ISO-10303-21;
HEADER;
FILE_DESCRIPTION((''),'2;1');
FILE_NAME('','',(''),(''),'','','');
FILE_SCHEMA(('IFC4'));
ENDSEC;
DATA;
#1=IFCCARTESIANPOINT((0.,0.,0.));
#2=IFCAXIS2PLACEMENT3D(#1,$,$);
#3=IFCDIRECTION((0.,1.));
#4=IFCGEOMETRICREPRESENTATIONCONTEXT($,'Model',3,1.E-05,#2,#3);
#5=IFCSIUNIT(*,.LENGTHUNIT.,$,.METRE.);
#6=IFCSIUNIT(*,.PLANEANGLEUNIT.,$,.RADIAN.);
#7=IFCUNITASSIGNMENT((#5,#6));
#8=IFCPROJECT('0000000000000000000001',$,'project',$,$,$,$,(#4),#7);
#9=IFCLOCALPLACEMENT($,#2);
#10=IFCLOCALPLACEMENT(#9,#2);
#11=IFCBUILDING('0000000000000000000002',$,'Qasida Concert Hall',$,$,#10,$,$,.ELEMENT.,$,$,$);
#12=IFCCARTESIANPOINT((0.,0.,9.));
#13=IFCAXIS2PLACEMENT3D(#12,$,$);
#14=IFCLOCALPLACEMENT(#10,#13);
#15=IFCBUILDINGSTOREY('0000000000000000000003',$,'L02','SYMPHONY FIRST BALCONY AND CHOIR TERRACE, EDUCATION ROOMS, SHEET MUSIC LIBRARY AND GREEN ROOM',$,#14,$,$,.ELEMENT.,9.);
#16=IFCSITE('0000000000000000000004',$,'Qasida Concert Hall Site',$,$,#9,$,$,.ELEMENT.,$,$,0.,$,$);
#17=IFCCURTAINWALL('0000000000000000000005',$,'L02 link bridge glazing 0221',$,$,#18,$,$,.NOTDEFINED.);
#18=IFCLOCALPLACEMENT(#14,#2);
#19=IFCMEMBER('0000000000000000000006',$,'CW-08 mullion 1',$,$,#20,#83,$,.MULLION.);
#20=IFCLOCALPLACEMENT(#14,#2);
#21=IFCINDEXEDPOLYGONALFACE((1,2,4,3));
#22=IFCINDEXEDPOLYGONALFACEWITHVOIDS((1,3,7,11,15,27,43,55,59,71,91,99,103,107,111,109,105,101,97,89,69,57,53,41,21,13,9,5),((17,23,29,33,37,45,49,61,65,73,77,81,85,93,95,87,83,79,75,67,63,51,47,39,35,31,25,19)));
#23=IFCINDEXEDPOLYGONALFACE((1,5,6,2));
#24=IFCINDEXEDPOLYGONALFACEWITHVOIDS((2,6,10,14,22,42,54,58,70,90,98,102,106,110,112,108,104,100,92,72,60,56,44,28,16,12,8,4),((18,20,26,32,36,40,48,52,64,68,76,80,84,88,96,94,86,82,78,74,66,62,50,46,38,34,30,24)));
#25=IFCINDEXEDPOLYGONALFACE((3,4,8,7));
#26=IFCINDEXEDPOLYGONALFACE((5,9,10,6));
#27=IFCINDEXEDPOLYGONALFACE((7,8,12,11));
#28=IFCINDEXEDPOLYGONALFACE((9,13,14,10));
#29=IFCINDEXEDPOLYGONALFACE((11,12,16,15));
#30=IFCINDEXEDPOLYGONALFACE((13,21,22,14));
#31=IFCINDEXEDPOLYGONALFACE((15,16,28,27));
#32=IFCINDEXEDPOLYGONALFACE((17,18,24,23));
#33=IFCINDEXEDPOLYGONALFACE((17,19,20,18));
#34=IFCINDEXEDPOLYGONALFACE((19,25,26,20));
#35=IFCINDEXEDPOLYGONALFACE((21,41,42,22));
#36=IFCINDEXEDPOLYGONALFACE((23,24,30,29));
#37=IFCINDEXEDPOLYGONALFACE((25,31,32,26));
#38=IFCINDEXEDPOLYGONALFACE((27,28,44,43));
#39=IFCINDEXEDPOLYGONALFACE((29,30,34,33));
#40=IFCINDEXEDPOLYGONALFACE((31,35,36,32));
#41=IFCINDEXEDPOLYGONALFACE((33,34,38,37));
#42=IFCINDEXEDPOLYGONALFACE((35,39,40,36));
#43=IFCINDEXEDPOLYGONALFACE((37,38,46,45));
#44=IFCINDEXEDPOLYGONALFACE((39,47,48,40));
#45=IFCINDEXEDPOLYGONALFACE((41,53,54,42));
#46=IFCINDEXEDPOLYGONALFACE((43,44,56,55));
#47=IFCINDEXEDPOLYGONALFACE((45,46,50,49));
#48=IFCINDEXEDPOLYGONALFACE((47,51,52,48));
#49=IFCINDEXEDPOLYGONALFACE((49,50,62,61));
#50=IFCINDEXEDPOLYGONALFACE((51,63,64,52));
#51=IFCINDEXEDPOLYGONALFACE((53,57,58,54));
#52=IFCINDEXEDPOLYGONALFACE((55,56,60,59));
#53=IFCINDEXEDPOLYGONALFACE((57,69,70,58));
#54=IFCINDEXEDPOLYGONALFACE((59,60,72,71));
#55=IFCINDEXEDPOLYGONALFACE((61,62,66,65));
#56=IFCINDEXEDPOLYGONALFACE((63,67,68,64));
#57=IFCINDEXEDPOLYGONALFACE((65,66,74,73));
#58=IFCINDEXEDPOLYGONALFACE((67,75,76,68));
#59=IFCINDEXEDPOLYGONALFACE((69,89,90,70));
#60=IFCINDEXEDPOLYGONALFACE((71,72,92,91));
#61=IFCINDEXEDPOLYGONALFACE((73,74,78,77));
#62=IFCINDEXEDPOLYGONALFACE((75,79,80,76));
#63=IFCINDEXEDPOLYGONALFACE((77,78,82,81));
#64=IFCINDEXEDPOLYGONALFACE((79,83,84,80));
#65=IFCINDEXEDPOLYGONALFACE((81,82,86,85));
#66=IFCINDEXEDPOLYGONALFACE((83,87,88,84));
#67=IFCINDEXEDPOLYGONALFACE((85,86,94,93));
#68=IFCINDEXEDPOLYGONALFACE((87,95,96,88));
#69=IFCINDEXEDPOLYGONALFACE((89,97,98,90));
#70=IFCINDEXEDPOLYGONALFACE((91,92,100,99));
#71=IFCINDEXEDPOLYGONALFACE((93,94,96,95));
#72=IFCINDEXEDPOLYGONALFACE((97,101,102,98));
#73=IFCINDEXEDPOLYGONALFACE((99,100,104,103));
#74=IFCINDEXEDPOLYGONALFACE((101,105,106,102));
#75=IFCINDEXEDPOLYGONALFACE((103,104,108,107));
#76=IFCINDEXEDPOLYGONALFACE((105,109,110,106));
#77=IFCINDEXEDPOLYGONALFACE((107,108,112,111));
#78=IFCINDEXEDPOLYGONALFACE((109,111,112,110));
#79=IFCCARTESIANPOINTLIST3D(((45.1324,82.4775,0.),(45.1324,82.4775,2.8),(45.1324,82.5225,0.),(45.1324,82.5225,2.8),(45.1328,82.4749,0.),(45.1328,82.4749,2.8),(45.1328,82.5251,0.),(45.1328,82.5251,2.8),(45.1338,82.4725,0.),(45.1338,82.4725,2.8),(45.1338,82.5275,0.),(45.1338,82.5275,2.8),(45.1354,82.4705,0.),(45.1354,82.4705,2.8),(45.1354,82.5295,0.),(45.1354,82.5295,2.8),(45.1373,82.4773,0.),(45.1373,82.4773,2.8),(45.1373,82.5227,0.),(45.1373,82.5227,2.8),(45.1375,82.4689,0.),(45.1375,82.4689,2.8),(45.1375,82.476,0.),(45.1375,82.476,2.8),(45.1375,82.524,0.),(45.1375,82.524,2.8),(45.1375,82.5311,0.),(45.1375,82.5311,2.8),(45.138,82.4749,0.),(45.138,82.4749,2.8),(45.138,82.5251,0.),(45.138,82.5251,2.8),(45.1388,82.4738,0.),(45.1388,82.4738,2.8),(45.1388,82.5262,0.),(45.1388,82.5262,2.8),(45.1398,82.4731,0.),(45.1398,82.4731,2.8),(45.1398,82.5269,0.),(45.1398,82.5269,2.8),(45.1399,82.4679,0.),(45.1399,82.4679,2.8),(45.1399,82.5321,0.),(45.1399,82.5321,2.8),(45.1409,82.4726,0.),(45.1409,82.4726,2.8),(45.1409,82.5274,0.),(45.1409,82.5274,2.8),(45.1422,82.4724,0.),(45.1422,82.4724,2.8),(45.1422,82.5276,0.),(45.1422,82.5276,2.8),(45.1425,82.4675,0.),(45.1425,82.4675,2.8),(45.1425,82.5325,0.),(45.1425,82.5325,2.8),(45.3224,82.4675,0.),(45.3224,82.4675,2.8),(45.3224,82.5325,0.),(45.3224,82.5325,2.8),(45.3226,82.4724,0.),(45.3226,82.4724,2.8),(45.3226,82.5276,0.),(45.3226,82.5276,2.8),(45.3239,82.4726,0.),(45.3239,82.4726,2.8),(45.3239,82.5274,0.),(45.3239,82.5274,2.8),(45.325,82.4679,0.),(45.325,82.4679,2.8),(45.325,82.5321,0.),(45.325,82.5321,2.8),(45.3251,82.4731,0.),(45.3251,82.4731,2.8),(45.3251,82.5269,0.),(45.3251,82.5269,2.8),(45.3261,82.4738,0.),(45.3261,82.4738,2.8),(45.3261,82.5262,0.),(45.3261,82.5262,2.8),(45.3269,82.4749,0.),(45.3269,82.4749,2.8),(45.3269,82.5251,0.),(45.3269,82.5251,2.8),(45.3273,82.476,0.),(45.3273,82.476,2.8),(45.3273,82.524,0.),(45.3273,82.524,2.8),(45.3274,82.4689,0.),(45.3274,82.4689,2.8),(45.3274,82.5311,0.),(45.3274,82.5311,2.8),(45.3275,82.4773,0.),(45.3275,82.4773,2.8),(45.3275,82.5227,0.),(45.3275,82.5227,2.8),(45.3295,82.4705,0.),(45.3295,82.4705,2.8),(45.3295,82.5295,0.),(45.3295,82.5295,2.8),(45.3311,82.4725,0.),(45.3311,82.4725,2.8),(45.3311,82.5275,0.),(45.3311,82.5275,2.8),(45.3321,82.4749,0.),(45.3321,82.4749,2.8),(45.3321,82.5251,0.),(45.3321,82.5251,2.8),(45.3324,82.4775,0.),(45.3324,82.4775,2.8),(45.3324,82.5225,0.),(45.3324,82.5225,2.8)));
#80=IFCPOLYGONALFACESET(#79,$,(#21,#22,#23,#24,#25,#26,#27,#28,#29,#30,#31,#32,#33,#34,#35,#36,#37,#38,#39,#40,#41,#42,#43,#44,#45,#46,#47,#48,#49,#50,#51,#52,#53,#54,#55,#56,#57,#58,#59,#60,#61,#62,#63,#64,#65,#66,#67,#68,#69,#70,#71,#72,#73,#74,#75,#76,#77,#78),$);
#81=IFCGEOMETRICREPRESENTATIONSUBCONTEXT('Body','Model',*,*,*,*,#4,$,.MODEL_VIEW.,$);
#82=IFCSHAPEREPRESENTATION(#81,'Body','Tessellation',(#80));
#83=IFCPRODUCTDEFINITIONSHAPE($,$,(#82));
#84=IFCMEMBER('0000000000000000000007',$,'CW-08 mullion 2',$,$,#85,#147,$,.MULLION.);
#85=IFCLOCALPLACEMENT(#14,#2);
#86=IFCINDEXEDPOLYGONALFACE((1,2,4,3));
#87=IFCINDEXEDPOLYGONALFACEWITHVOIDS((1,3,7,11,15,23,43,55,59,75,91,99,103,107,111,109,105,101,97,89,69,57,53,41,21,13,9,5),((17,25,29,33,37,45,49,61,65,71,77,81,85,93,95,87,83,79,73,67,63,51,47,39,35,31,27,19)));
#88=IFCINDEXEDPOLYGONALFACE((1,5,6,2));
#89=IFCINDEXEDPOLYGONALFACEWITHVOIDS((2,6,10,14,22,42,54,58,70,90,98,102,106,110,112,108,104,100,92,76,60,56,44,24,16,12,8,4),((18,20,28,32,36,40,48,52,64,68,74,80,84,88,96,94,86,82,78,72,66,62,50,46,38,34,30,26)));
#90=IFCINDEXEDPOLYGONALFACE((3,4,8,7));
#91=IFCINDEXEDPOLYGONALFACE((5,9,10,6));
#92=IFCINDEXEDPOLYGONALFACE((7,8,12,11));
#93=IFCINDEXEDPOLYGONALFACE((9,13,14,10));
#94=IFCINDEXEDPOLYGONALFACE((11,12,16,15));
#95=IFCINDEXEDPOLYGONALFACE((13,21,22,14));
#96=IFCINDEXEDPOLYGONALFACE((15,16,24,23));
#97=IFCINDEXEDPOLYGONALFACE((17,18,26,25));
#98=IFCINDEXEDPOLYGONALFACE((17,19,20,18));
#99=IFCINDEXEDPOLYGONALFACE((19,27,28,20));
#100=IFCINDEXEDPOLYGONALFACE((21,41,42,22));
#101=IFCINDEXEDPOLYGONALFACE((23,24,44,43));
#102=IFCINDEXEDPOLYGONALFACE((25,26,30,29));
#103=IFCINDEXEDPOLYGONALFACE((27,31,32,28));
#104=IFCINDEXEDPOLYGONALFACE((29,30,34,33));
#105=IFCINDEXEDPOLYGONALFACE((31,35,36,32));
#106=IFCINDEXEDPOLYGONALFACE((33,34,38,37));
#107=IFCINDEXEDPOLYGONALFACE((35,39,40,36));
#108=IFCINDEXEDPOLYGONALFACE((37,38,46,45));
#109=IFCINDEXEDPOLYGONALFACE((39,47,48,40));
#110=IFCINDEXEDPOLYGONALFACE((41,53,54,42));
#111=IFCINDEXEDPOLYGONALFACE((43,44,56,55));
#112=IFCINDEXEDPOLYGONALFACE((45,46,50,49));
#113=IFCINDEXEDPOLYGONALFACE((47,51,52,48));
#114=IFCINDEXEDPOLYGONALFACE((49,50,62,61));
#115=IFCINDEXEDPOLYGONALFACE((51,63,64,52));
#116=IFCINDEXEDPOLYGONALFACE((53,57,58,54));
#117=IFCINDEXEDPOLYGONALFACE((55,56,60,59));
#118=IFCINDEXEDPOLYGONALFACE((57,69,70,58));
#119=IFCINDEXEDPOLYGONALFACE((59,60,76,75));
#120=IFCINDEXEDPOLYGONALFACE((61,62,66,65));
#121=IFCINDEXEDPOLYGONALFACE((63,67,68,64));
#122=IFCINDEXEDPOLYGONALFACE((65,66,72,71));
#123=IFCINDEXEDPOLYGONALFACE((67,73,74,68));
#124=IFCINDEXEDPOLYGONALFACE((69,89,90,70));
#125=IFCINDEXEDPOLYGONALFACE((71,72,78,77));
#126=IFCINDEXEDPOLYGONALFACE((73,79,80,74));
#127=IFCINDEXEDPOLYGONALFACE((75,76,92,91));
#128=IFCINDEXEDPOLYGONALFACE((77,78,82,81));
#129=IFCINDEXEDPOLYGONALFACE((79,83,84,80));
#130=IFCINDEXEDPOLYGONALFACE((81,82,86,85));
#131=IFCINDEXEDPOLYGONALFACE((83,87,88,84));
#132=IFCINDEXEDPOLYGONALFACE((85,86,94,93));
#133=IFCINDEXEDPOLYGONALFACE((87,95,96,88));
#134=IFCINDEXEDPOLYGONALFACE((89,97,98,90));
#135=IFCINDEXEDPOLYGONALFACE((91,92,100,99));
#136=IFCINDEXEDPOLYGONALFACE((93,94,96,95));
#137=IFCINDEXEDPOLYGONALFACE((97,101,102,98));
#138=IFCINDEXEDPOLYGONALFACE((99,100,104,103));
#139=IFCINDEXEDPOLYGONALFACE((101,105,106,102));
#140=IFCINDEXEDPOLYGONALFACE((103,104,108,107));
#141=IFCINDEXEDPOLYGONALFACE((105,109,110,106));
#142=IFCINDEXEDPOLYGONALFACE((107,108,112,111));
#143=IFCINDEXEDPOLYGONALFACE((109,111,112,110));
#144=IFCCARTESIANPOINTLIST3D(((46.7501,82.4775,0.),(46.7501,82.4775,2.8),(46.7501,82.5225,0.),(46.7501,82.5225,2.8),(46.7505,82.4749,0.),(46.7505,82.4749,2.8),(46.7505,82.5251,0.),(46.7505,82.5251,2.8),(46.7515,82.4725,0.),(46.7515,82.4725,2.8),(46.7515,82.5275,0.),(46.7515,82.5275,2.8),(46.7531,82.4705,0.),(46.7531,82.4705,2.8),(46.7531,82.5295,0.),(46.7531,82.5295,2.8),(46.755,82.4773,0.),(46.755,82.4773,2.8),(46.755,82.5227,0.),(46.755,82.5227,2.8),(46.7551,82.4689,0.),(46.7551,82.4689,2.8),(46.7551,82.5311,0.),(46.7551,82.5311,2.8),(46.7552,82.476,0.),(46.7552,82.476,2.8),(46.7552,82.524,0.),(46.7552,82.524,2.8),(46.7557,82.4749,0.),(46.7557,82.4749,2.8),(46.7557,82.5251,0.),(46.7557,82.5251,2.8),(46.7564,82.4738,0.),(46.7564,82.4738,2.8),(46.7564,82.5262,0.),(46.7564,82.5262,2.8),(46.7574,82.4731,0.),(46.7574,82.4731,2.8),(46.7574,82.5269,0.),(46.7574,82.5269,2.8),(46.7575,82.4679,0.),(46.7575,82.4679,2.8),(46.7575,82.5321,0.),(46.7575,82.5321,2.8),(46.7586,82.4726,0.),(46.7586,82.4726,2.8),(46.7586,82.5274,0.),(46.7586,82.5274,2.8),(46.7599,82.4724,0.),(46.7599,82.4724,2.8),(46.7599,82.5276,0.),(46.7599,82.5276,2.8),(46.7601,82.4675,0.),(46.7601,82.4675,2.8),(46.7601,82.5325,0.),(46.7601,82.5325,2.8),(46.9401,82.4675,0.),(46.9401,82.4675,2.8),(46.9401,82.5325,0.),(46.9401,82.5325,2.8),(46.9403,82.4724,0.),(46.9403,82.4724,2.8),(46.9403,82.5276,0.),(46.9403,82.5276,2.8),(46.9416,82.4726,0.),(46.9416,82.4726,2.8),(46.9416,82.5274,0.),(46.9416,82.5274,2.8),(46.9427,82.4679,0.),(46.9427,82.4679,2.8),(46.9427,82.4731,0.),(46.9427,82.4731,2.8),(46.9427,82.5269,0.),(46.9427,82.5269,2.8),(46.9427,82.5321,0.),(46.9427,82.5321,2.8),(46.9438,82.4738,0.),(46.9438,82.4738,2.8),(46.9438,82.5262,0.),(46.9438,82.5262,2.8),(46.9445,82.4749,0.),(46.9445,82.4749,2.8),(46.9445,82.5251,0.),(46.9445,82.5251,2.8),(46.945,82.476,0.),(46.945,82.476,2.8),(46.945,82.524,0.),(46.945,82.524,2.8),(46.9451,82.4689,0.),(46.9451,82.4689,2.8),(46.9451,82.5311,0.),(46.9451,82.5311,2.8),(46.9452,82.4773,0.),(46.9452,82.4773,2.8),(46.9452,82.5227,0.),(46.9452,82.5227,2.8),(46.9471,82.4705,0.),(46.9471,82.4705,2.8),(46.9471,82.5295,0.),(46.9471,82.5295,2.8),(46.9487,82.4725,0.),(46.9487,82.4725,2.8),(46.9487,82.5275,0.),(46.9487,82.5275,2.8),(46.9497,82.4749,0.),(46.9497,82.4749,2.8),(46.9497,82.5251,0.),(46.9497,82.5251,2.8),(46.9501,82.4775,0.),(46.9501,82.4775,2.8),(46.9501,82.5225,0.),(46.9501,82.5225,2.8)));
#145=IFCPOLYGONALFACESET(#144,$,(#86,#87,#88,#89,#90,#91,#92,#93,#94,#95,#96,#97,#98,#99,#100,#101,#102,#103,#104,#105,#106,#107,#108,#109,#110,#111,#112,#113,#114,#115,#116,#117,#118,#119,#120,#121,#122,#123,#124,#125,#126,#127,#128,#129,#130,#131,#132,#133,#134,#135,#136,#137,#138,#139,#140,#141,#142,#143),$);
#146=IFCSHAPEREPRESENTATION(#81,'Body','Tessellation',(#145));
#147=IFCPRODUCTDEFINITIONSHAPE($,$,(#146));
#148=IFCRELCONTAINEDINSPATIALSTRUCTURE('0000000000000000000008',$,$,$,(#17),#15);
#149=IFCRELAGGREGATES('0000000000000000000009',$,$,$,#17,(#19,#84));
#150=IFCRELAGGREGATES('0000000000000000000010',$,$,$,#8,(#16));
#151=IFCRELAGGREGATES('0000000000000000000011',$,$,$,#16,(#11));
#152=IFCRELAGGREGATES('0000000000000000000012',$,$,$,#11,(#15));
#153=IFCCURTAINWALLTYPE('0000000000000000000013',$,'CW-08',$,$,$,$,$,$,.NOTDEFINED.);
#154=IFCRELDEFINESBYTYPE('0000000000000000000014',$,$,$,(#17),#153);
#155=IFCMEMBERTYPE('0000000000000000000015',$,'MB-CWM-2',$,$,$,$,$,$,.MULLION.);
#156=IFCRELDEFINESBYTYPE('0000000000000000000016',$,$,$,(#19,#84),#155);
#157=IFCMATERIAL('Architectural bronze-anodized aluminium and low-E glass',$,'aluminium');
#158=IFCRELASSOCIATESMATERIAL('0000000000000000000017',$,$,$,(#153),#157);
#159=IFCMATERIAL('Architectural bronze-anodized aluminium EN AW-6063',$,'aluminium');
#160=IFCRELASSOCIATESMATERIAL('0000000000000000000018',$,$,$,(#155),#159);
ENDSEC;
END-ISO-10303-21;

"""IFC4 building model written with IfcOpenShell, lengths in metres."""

from ifc_helpers import new_model, si_unit, direction, frame, origin, origin_2d, place, context, subcontext, project, spatial, hollow_rectangle, extrude, material, material_profile, profile_set, type_object, element, aggregate, save


model = new_model("IFC4")

# Units and contexts
model_context = context("Model", 3, precision=1e-05, world=origin(), true_north=direction((0.0, 1.0)))
body_context = subcontext(model_context, "Body", "Model", "MODEL_VIEW")
ifc_project = project(units=[si_unit("LENGTHUNIT", "METRE"), si_unit("PLANEANGLEUNIT", "RADIAN")], contexts=[model_context])

# Site, building, storey
site_placement = place(None, origin())
site = spatial("IfcSite", under=ifc_project, at=site_placement, Name="Qasida Concert Hall Site", CompositionType="ELEMENT", RefElevation=0.0)
building_placement = place(site_placement, origin())
building = spatial("IfcBuilding", under=site, at=building_placement, Name="Qasida Concert Hall", CompositionType="ELEMENT")
storey_placement = place(building_placement, frame((0.0, 0.0, 9.0)))
storey = spatial("IfcBuildingStorey", under=building, at=storey_placement, Name="L02", Description="SYMPHONY FIRST BALCONY AND CHOIR TERRACE, EDUCATION ROOMS, SHEET MUSIC LIBRARY AND GREEN ROOM", CompositionType="ELEMENT", Elevation=9.0)

# Curtain wall, members
ifc_material_1 = material(Name="Architectural bronze-anodized aluminium and low-E glass", Category="aluminium")
curtain_wall_type = type_object("IfcCurtainWallType", Name="CW-08", PredefinedType="NOTDEFINED", material=ifc_material_1)
ifc_material_2 = material(Name="Architectural bronze-anodized aluminium EN AW-6063", Category="aluminium")
ifc_material_profile_1 = material_profile(ifc_material_2, hollow_rectangle(XDim=0.0649, YDim=0.2, WallThickness=0.0049, InnerFilletRadius=0.0049, OuterFilletRadius=0.01, at=origin_2d()), Name="CWM 200x65x5")
ifc_profile_set_1 = profile_set([ifc_material_profile_1], Name="Architectural bronze-anodized aluminium EN AW-6063")
member_type_1 = type_object("IfcMemberType", Name="MB-CWM-2", PredefinedType="MULLION", material=ifc_profile_set_1)
curtain_wall_1_placement = place(storey_placement, origin())
curtain_wall_1 = element("IfcCurtainWall", 1, at=curtain_wall_1_placement, inside=storey, type_object=curtain_wall_type, Name="L02 link bridge glazing 0221", PredefinedType="NOTDEFINED")
member_1_placement = place(storey_placement, frame((45.2324, 82.5, 0.0), z_axis=(0.0, 0.0, 1.0), x_axis=(0.0, 1.0, 0.0)))
member_1 = element("IfcMember", 2, at=member_1_placement, type_object=member_type_1, Name="CW-08 mullion 1", PredefinedType="MULLION", context=body_context, shape_type="SweptSolid", body=[
    extrude(hollow_rectangle(XDim=0.0649, YDim=0.2, WallThickness=0.0049, InnerFilletRadius=0.0049, OuterFilletRadius=0.01, at=origin_2d()), origin(), (0.0, 0.0, 1.0), 2.8),
])
member_2_placement = place(storey_placement, frame((46.8501, 82.5, 0.0), z_axis=(0.0, 0.0, 1.0), x_axis=(0.0, 1.0, 0.0)))
member_2 = element("IfcMember", 3, at=member_2_placement, type_object=member_type_1, Name="CW-08 mullion 2", PredefinedType="MULLION", context=body_context, shape_type="SweptSolid", body=[
    extrude(hollow_rectangle(XDim=0.0649, YDim=0.2, WallThickness=0.0049, InnerFilletRadius=0.0049, OuterFilletRadius=0.01, at=origin_2d()), origin(), (0.0, 0.0, 1.0), 2.8),
])

aggregate(curtain_wall_1, [member_1, member_2])

save(model, "model.ifc")
